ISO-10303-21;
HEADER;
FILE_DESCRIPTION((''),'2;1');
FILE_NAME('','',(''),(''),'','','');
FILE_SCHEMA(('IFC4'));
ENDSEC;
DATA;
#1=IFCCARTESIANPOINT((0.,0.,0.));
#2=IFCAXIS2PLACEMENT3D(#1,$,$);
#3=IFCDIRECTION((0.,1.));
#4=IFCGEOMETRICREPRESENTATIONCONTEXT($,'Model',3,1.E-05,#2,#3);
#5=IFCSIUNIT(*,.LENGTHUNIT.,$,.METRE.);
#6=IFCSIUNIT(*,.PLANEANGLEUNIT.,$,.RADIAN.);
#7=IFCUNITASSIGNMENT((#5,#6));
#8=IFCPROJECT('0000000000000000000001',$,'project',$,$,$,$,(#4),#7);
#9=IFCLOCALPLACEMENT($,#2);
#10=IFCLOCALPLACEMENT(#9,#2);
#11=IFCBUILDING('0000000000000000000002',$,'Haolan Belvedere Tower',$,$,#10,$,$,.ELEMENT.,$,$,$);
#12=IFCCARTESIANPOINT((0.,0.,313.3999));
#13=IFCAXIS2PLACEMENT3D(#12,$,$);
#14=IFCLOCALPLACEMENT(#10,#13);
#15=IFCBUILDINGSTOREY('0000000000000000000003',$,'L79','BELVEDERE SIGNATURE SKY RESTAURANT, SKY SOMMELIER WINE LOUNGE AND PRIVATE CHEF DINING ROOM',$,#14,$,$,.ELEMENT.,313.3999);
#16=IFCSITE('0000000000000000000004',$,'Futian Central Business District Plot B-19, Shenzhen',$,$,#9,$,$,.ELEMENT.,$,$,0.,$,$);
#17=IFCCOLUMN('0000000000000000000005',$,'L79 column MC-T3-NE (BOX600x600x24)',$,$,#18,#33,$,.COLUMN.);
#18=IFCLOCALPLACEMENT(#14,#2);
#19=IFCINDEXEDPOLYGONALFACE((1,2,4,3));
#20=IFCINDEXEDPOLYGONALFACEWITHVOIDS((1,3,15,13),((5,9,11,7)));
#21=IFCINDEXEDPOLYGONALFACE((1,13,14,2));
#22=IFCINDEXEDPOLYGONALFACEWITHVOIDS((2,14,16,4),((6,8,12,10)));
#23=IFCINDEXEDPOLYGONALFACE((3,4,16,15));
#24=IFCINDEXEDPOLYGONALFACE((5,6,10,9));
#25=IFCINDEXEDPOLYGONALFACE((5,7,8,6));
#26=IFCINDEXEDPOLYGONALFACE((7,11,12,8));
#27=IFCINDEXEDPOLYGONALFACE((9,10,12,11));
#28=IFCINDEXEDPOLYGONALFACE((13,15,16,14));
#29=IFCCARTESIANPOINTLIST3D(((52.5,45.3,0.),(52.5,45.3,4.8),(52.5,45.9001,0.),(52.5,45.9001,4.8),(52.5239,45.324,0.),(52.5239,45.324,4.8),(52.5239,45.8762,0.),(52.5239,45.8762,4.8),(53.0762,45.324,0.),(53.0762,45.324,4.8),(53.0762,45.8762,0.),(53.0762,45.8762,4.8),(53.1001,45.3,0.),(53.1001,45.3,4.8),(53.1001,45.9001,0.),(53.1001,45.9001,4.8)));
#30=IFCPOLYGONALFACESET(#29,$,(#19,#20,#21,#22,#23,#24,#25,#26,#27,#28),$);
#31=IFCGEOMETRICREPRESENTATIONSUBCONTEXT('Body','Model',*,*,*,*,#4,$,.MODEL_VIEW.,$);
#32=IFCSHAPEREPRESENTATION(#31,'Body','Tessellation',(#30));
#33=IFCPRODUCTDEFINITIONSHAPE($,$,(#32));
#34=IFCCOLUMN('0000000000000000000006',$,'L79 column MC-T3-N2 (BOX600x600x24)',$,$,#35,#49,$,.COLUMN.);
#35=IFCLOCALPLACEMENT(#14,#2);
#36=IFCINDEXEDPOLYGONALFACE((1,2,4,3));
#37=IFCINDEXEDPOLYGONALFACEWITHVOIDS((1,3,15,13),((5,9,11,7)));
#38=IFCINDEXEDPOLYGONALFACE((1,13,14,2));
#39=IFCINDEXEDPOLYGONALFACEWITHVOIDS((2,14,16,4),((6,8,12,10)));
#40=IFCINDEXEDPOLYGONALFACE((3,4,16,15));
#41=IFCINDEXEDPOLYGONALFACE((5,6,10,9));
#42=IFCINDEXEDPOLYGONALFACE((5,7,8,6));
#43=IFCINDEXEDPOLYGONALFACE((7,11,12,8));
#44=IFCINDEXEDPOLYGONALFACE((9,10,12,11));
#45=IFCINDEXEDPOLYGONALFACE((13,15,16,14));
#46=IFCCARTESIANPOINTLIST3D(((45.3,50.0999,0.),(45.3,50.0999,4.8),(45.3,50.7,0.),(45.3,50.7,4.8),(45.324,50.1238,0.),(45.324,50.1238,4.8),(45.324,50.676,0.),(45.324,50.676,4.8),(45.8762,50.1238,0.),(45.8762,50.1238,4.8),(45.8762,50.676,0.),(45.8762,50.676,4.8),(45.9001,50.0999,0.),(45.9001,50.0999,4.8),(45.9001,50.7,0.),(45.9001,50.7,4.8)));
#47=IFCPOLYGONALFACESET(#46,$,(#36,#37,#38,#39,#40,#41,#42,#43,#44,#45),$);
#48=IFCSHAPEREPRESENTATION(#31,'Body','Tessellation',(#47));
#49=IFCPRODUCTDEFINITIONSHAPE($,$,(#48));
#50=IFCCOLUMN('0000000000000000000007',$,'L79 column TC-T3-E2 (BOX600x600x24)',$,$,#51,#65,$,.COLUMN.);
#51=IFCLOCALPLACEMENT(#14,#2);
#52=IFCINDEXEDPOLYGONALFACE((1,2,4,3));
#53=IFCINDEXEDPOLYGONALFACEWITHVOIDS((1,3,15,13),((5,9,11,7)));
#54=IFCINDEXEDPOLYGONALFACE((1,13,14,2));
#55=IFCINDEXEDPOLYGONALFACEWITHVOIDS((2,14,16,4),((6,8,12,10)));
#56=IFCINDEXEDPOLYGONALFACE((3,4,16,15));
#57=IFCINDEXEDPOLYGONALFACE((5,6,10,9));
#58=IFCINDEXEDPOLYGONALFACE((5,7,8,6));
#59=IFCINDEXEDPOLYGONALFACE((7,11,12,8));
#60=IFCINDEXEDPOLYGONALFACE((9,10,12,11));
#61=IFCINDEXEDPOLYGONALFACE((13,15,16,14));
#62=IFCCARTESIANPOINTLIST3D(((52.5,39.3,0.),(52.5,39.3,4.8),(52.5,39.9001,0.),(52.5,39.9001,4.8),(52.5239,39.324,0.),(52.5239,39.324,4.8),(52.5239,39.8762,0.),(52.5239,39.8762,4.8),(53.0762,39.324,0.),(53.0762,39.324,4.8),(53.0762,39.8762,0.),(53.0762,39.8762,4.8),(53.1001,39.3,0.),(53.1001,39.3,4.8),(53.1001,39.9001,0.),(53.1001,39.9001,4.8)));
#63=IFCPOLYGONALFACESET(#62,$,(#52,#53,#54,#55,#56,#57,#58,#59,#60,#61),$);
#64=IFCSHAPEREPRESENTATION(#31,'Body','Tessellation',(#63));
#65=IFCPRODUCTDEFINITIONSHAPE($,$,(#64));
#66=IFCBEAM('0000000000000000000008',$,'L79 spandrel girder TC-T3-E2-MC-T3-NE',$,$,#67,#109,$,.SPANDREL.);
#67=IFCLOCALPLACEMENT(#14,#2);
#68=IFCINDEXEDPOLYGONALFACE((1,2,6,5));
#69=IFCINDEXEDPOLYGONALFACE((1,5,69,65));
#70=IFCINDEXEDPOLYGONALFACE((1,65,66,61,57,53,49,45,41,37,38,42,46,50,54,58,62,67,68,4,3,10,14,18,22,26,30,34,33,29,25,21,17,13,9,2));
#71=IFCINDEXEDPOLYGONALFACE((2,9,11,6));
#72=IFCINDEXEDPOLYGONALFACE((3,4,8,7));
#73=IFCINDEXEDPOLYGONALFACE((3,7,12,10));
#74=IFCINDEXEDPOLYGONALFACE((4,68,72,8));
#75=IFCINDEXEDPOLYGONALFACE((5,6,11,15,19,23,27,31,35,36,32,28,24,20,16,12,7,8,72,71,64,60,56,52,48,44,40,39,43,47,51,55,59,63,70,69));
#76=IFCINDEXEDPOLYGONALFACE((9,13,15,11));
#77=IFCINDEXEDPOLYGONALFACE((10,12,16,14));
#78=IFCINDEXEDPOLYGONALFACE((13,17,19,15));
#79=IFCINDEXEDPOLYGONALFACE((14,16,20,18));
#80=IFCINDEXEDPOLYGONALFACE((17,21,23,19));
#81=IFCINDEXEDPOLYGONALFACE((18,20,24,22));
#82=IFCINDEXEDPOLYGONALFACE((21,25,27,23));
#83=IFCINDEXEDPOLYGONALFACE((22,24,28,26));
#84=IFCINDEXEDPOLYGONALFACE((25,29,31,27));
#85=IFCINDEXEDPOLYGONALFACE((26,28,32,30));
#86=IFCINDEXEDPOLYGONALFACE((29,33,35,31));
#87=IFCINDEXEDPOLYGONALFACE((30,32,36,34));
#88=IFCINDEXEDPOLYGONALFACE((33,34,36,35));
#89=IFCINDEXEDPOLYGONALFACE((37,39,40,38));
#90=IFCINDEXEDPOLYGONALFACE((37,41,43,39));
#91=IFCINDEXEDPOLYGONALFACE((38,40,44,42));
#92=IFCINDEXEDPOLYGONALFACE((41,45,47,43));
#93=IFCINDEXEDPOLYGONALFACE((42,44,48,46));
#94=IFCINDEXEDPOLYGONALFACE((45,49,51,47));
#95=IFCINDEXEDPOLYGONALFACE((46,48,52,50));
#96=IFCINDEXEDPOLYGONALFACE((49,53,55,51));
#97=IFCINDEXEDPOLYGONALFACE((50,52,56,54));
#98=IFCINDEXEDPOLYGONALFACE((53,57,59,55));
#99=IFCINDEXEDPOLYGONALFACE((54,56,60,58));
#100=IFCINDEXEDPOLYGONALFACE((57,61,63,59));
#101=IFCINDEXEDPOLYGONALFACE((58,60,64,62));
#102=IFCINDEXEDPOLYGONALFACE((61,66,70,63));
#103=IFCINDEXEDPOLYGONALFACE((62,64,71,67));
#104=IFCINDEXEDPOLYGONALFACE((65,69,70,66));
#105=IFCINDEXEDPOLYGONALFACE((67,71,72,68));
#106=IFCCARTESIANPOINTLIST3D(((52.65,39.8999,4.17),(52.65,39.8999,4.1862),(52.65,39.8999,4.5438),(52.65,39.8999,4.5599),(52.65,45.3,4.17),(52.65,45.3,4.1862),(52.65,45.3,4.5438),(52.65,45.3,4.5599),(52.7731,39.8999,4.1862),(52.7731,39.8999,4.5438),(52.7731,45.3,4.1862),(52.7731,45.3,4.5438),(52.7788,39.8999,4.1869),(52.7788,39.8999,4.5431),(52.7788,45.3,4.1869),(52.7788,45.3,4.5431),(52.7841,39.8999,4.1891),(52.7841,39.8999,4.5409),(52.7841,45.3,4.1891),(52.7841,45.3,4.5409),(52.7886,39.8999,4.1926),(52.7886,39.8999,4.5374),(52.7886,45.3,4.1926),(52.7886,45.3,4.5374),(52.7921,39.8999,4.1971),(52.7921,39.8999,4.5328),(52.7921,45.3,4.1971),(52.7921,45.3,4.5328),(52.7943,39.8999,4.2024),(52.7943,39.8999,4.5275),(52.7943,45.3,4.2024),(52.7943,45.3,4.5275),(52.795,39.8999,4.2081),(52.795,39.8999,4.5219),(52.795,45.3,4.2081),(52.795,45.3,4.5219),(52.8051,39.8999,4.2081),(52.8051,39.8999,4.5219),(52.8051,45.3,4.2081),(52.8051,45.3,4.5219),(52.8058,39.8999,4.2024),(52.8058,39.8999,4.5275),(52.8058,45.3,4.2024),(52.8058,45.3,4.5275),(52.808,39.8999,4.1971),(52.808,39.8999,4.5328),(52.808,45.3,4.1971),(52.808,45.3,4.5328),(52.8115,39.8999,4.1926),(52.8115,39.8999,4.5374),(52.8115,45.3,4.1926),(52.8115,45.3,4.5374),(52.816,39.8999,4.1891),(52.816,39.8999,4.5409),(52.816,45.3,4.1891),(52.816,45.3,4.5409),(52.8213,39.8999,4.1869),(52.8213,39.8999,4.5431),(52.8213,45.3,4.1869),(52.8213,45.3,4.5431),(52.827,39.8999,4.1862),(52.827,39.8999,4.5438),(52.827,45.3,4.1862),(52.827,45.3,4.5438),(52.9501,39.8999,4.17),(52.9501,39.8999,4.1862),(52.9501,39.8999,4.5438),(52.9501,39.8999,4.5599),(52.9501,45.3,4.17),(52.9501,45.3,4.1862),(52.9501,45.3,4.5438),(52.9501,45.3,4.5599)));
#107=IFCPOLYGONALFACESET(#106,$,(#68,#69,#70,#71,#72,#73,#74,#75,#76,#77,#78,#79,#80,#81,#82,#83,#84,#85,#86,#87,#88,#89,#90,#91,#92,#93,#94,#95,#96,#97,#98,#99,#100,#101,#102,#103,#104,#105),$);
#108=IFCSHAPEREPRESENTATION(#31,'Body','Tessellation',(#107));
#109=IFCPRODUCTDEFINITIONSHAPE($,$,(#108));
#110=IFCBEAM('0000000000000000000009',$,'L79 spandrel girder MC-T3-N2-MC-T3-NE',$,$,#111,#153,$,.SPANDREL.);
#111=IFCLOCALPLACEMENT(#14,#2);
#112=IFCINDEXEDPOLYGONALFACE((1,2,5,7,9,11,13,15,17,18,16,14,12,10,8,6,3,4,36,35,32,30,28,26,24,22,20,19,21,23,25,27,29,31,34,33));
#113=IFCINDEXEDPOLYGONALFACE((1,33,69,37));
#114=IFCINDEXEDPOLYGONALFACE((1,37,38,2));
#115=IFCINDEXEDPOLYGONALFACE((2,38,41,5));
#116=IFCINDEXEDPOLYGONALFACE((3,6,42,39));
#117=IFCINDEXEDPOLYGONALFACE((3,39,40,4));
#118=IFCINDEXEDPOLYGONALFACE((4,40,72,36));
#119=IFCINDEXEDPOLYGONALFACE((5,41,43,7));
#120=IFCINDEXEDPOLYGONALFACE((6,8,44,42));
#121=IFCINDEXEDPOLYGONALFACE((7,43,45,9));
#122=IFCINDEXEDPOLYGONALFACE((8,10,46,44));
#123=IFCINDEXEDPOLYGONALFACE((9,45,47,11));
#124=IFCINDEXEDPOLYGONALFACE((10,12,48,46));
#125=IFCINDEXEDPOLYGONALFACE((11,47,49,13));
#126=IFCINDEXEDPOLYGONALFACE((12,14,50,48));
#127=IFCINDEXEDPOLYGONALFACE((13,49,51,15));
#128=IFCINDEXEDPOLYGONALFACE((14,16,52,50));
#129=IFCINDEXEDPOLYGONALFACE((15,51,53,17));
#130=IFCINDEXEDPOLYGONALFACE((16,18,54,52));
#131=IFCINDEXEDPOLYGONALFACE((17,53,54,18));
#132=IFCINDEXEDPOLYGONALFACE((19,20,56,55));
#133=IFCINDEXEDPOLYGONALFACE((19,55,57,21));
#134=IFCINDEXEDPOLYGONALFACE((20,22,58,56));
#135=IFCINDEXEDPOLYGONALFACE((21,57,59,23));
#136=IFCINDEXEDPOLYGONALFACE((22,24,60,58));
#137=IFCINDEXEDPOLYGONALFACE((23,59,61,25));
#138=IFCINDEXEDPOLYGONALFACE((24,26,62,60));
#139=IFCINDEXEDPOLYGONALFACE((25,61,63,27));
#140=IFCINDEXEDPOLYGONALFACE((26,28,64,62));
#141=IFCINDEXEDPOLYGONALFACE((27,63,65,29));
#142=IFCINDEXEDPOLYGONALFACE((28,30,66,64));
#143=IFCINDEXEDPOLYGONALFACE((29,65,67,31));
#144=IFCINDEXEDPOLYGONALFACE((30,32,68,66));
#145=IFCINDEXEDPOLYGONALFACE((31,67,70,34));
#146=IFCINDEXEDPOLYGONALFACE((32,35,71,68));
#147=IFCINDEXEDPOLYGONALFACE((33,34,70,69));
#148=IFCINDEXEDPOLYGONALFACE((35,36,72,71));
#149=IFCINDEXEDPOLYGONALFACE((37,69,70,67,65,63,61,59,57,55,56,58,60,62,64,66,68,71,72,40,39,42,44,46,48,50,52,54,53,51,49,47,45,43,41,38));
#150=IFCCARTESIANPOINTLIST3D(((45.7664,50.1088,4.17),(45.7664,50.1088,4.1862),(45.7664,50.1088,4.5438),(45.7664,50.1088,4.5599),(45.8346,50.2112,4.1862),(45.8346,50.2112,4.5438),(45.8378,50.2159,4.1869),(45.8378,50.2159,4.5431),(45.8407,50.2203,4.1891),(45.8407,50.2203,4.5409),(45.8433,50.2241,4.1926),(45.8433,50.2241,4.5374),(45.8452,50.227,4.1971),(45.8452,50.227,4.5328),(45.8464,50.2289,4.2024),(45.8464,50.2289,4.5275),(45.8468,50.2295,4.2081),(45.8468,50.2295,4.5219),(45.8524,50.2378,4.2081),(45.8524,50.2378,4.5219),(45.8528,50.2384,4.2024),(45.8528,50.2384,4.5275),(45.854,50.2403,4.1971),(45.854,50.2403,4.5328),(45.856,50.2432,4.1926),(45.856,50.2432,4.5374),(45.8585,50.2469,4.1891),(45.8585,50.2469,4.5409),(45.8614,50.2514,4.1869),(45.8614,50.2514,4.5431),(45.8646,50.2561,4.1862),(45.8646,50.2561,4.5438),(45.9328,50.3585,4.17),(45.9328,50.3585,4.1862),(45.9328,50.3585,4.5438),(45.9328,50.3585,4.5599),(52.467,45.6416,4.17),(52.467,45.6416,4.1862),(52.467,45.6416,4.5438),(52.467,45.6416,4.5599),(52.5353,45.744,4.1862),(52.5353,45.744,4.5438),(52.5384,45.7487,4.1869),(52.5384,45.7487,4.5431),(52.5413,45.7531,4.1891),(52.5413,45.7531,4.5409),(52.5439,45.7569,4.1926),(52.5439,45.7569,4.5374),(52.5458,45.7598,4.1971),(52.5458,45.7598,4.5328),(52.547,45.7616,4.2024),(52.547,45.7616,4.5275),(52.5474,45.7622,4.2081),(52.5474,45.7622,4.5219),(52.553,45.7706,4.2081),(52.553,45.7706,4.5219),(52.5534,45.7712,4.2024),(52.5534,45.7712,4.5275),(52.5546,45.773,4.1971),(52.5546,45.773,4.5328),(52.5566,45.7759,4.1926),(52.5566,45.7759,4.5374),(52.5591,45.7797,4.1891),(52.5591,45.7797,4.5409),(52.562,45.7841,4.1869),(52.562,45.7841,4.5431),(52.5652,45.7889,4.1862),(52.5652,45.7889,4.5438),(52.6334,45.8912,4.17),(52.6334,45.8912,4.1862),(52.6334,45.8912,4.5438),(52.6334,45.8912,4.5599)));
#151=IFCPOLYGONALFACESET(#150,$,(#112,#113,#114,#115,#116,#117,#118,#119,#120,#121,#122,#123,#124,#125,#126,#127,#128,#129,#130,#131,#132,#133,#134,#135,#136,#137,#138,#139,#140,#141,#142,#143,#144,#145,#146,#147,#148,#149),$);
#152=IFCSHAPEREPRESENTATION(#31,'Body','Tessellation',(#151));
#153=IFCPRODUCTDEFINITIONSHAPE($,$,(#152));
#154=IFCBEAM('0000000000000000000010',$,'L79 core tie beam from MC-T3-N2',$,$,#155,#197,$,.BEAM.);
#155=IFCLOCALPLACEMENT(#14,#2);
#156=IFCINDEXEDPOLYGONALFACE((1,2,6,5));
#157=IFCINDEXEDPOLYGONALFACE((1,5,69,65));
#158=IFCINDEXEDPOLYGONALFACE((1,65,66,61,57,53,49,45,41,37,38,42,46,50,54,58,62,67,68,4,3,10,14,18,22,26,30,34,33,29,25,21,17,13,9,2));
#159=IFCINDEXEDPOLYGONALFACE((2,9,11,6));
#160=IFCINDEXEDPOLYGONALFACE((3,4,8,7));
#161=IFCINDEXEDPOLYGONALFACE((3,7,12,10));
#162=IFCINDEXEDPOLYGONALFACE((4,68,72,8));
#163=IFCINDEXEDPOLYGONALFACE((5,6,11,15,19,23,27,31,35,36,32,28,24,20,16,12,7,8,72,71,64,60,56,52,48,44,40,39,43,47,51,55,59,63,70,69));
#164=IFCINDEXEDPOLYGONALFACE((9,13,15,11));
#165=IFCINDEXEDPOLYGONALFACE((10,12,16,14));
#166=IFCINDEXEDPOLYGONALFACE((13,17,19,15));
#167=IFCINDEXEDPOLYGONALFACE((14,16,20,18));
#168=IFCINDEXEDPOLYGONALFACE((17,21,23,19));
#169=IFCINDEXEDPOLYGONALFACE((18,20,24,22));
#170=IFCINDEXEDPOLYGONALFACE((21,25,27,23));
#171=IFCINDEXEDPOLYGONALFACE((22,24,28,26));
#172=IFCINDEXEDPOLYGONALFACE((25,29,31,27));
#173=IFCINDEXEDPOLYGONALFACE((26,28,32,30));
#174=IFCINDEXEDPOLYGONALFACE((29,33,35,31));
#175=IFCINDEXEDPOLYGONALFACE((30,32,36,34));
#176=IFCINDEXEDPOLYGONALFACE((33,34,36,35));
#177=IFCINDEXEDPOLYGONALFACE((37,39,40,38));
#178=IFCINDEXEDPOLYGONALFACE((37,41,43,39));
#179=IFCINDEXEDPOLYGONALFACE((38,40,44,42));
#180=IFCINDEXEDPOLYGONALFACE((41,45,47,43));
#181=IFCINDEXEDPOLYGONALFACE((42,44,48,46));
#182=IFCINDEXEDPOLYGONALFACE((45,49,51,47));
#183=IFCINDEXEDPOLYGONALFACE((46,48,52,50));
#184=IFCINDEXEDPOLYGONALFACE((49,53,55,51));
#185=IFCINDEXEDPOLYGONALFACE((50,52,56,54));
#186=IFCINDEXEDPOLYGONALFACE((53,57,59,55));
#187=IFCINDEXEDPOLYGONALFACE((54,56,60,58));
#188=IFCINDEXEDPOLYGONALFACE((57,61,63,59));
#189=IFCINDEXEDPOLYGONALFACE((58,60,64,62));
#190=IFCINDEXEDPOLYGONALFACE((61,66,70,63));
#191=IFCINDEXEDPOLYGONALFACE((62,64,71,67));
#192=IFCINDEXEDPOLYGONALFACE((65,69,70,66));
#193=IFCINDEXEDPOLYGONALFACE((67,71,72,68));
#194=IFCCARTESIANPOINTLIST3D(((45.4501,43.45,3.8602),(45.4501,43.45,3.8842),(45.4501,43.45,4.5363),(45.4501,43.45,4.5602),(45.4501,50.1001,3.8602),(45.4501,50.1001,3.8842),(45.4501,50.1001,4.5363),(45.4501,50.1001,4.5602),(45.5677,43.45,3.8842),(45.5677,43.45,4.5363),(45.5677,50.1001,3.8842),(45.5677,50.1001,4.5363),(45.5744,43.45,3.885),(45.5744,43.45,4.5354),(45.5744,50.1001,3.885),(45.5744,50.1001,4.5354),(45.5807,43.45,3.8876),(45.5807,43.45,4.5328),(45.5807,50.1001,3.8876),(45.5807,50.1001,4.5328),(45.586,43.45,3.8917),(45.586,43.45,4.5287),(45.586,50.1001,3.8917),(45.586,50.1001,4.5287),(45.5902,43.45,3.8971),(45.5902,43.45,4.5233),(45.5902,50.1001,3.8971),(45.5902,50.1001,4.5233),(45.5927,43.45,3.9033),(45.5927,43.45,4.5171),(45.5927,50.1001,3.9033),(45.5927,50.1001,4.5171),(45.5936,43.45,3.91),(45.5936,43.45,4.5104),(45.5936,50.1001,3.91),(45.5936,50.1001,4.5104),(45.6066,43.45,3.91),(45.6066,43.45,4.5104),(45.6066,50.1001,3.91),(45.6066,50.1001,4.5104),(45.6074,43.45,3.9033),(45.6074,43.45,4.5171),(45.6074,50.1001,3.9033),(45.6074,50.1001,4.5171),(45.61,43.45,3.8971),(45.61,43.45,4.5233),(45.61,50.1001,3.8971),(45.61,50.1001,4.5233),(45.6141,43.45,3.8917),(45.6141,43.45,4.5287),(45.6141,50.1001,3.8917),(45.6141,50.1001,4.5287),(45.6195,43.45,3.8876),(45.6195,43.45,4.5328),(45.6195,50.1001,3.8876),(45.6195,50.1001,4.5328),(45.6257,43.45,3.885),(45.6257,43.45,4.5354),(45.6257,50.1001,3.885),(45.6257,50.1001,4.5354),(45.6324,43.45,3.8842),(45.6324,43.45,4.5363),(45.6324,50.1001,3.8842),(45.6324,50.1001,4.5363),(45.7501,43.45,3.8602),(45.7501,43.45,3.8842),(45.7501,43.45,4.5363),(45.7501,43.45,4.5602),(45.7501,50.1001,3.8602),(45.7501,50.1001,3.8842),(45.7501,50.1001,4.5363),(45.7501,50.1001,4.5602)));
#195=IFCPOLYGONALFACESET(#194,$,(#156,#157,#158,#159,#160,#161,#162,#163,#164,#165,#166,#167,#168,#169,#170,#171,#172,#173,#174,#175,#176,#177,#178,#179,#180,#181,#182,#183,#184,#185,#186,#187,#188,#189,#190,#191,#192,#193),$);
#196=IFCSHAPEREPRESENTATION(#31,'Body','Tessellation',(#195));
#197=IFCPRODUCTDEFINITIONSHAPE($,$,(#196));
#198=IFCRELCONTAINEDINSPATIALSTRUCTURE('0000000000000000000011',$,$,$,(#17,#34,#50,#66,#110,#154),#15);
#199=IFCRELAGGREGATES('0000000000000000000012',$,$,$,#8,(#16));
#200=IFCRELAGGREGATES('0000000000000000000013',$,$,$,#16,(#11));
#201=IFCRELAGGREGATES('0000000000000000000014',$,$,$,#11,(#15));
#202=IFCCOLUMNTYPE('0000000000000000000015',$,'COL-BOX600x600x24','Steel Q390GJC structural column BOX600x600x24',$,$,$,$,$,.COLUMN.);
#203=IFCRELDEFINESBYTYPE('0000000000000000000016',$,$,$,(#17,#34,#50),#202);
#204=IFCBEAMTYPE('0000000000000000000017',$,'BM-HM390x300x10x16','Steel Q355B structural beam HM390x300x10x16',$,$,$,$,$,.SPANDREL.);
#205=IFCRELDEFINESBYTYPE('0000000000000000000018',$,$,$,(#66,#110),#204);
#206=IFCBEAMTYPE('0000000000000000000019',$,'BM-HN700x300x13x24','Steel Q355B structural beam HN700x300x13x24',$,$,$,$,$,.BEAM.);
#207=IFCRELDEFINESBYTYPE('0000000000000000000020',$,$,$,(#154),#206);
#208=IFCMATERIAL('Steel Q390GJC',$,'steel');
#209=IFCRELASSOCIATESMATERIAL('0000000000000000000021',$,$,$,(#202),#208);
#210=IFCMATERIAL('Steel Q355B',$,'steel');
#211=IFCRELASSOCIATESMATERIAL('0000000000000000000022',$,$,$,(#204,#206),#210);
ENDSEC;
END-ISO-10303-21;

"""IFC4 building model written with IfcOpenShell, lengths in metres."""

from ifc_helpers import new_model, si_unit, direction, frame, origin, origin_2d, place, context, subcontext, project, spatial, hollow_rectangle, i_section, extrude, material, material_profile, profile_set, type_object, element, save


model = new_model("IFC4")

# Units and contexts
model_context = context("Model", 3, precision=1e-05, world=origin(), true_north=direction((0.0, 1.0)))
body_context = subcontext(model_context, "Body", "Model", "MODEL_VIEW")
ifc_project = project(units=[si_unit("LENGTHUNIT", "METRE"), si_unit("PLANEANGLEUNIT", "RADIAN")], contexts=[model_context])

# Site, building, storey
site_placement = place(None, origin())
site = spatial("IfcSite", under=ifc_project, at=site_placement, Name="Futian Central Business District Plot B-19, Shenzhen", CompositionType="ELEMENT", RefElevation=0.0)
building_placement = place(site_placement, origin())
building = spatial("IfcBuilding", under=site, at=building_placement, Name="Haolan Belvedere Tower", CompositionType="ELEMENT")
storey_placement = place(building_placement, frame((0.0, 0.0, 313.3999)))
storey = spatial("IfcBuildingStorey", under=building, at=storey_placement, Name="L79", Description="BELVEDERE SIGNATURE SKY RESTAURANT, SKY SOMMELIER WINE LOUNGE AND PRIVATE CHEF DINING ROOM", CompositionType="ELEMENT", Elevation=313.3999)

# Columns
ifc_material_1 = material(Name="Steel Q390GJC", Category="steel")
ifc_material_profile_1 = material_profile(ifc_material_1, hollow_rectangle(XDim=0.6001, YDim=0.6001, WallThickness=0.0239, at=origin_2d()), Name="Steel Q390GJC")
ifc_profile_set_1 = profile_set([ifc_material_profile_1], Name="Steel Q390GJC")
column_type = type_object("IfcColumnType", Name="COL-BOX600x600x24", Description="Steel Q390GJC structural column BOX600x600x24", PredefinedType="COLUMN", material=ifc_profile_set_1)
for number, where, z_axis, x_axis, name in (
    (1, (52.8, 45.6001, 0.0), (0.0, 0.0, 1.0), (1.0, 0.0, 0.0), "L79 column MC-T3-NE (BOX600x600x24)"),
    (2, (45.6001, 50.3999, 0.0), (0.0, 0.0, 1.0), (1.0, 0.0, 0.0), "L79 column MC-T3-N2 (BOX600x600x24)"),
    (3, (52.8, 39.6001, 0.0), (0.0, 0.0, 1.0), (1.0, 0.0, 0.0), "L79 column TC-T3-E2 (BOX600x600x24)"),
):
    element("IfcColumn", number, at=place(storey_placement, frame(where, z_axis=z_axis, x_axis=x_axis)), inside=storey, type_object=column_type, Name=name, PredefinedType="COLUMN", context=body_context, shape_type="SweptSolid", body=[
        extrude(hollow_rectangle(XDim=0.6001, YDim=0.6001, WallThickness=0.0239, at=origin_2d()), origin(), (0.0, 0.0, 1.0), 4.8),
    ])

# Beams
ifc_material_2 = material(Name="Steel Q355B", Category="steel")
ifc_material_profile_2 = material_profile(ifc_material_2, i_section(OverallWidth=0.3, OverallDepth=0.3899, WebThickness=0.01, FlangeThickness=0.0161, FilletRadius=0.022, at=origin_2d()), Name="Steel Q355B")
ifc_profile_set_2 = profile_set([ifc_material_profile_2], Name="Steel Q355B")
beam_type_1 = type_object("IfcBeamType", Name="BM-HM390x300x10x16", Description="Steel Q355B structural beam HM390x300x10x16", PredefinedType="SPANDREL", material=ifc_profile_set_2)
beam_1_placement = place(storey_placement, frame((52.8, 39.8999, 4.365), z_axis=(0.0, 1.0, 0.0), x_axis=(-1.0, 0.0, 0.0)))
element("IfcBeam", 4, at=beam_1_placement, inside=storey, type_object=beam_type_1, Name="L79 spandrel girder TC-T3-E2-MC-T3-NE", PredefinedType="SPANDREL", context=body_context, shape_type="SweptSolid", body=[
    extrude(i_section(OverallWidth=0.3, OverallDepth=0.3899, WebThickness=0.01, FlangeThickness=0.0161, FilletRadius=0.022, at=origin_2d()), origin(), (0.0, 0.0, 1.0), 5.4001),
])
beam_2_placement = place(storey_placement, frame((45.8496, 50.2336, 4.365), z_axis=(0.832041, -0.554714, 0.0), x_axis=(0.554714, 0.832041, 0.0)))
element("IfcBeam", 5, at=beam_2_placement, inside=storey, type_object=beam_type_1, Name="L79 spandrel girder MC-T3-N2-MC-T3-NE", PredefinedType="SPANDREL", context=body_context, shape_type="SweptSolid", body=[
    extrude(i_section(OverallWidth=0.3, OverallDepth=0.3899, WebThickness=0.01, FlangeThickness=0.0161, FilletRadius=0.022, at=origin_2d()), origin(), (0.0, 0.0, 1.0), 8.0532),
])
ifc_material_profile_3 = material_profile(ifc_material_2, i_section(OverallWidth=0.3, OverallDepth=0.7, WebThickness=0.0129, FlangeThickness=0.0239, FilletRadius=0.0259, at=origin_2d()), Name="Steel Q355B")
ifc_profile_set_3 = profile_set([ifc_material_profile_3], Name="Steel Q355B")
beam_type_2 = type_object("IfcBeamType", Name="BM-HN700x300x13x24", Description="Steel Q355B structural beam HN700x300x13x24", PredefinedType="BEAM", material=ifc_profile_set_3)
beam_3_placement = place(storey_placement, frame((45.6001, 50.1001, 4.2102), z_axis=(0.0, -1.0, 0.0), x_axis=(1.0, 0.0, 0.0)))
element("IfcBeam", 6, at=beam_3_placement, inside=storey, type_object=beam_type_2, Name="L79 core tie beam from MC-T3-N2", PredefinedType="BEAM", context=body_context, shape_type="SweptSolid", body=[
    extrude(i_section(OverallWidth=0.3, OverallDepth=0.7, WebThickness=0.0129, FlangeThickness=0.0239, FilletRadius=0.0259, at=origin_2d()), origin(), (0.0, 0.0, 1.0), 6.6501),
])

save(model, "model.ifc")
